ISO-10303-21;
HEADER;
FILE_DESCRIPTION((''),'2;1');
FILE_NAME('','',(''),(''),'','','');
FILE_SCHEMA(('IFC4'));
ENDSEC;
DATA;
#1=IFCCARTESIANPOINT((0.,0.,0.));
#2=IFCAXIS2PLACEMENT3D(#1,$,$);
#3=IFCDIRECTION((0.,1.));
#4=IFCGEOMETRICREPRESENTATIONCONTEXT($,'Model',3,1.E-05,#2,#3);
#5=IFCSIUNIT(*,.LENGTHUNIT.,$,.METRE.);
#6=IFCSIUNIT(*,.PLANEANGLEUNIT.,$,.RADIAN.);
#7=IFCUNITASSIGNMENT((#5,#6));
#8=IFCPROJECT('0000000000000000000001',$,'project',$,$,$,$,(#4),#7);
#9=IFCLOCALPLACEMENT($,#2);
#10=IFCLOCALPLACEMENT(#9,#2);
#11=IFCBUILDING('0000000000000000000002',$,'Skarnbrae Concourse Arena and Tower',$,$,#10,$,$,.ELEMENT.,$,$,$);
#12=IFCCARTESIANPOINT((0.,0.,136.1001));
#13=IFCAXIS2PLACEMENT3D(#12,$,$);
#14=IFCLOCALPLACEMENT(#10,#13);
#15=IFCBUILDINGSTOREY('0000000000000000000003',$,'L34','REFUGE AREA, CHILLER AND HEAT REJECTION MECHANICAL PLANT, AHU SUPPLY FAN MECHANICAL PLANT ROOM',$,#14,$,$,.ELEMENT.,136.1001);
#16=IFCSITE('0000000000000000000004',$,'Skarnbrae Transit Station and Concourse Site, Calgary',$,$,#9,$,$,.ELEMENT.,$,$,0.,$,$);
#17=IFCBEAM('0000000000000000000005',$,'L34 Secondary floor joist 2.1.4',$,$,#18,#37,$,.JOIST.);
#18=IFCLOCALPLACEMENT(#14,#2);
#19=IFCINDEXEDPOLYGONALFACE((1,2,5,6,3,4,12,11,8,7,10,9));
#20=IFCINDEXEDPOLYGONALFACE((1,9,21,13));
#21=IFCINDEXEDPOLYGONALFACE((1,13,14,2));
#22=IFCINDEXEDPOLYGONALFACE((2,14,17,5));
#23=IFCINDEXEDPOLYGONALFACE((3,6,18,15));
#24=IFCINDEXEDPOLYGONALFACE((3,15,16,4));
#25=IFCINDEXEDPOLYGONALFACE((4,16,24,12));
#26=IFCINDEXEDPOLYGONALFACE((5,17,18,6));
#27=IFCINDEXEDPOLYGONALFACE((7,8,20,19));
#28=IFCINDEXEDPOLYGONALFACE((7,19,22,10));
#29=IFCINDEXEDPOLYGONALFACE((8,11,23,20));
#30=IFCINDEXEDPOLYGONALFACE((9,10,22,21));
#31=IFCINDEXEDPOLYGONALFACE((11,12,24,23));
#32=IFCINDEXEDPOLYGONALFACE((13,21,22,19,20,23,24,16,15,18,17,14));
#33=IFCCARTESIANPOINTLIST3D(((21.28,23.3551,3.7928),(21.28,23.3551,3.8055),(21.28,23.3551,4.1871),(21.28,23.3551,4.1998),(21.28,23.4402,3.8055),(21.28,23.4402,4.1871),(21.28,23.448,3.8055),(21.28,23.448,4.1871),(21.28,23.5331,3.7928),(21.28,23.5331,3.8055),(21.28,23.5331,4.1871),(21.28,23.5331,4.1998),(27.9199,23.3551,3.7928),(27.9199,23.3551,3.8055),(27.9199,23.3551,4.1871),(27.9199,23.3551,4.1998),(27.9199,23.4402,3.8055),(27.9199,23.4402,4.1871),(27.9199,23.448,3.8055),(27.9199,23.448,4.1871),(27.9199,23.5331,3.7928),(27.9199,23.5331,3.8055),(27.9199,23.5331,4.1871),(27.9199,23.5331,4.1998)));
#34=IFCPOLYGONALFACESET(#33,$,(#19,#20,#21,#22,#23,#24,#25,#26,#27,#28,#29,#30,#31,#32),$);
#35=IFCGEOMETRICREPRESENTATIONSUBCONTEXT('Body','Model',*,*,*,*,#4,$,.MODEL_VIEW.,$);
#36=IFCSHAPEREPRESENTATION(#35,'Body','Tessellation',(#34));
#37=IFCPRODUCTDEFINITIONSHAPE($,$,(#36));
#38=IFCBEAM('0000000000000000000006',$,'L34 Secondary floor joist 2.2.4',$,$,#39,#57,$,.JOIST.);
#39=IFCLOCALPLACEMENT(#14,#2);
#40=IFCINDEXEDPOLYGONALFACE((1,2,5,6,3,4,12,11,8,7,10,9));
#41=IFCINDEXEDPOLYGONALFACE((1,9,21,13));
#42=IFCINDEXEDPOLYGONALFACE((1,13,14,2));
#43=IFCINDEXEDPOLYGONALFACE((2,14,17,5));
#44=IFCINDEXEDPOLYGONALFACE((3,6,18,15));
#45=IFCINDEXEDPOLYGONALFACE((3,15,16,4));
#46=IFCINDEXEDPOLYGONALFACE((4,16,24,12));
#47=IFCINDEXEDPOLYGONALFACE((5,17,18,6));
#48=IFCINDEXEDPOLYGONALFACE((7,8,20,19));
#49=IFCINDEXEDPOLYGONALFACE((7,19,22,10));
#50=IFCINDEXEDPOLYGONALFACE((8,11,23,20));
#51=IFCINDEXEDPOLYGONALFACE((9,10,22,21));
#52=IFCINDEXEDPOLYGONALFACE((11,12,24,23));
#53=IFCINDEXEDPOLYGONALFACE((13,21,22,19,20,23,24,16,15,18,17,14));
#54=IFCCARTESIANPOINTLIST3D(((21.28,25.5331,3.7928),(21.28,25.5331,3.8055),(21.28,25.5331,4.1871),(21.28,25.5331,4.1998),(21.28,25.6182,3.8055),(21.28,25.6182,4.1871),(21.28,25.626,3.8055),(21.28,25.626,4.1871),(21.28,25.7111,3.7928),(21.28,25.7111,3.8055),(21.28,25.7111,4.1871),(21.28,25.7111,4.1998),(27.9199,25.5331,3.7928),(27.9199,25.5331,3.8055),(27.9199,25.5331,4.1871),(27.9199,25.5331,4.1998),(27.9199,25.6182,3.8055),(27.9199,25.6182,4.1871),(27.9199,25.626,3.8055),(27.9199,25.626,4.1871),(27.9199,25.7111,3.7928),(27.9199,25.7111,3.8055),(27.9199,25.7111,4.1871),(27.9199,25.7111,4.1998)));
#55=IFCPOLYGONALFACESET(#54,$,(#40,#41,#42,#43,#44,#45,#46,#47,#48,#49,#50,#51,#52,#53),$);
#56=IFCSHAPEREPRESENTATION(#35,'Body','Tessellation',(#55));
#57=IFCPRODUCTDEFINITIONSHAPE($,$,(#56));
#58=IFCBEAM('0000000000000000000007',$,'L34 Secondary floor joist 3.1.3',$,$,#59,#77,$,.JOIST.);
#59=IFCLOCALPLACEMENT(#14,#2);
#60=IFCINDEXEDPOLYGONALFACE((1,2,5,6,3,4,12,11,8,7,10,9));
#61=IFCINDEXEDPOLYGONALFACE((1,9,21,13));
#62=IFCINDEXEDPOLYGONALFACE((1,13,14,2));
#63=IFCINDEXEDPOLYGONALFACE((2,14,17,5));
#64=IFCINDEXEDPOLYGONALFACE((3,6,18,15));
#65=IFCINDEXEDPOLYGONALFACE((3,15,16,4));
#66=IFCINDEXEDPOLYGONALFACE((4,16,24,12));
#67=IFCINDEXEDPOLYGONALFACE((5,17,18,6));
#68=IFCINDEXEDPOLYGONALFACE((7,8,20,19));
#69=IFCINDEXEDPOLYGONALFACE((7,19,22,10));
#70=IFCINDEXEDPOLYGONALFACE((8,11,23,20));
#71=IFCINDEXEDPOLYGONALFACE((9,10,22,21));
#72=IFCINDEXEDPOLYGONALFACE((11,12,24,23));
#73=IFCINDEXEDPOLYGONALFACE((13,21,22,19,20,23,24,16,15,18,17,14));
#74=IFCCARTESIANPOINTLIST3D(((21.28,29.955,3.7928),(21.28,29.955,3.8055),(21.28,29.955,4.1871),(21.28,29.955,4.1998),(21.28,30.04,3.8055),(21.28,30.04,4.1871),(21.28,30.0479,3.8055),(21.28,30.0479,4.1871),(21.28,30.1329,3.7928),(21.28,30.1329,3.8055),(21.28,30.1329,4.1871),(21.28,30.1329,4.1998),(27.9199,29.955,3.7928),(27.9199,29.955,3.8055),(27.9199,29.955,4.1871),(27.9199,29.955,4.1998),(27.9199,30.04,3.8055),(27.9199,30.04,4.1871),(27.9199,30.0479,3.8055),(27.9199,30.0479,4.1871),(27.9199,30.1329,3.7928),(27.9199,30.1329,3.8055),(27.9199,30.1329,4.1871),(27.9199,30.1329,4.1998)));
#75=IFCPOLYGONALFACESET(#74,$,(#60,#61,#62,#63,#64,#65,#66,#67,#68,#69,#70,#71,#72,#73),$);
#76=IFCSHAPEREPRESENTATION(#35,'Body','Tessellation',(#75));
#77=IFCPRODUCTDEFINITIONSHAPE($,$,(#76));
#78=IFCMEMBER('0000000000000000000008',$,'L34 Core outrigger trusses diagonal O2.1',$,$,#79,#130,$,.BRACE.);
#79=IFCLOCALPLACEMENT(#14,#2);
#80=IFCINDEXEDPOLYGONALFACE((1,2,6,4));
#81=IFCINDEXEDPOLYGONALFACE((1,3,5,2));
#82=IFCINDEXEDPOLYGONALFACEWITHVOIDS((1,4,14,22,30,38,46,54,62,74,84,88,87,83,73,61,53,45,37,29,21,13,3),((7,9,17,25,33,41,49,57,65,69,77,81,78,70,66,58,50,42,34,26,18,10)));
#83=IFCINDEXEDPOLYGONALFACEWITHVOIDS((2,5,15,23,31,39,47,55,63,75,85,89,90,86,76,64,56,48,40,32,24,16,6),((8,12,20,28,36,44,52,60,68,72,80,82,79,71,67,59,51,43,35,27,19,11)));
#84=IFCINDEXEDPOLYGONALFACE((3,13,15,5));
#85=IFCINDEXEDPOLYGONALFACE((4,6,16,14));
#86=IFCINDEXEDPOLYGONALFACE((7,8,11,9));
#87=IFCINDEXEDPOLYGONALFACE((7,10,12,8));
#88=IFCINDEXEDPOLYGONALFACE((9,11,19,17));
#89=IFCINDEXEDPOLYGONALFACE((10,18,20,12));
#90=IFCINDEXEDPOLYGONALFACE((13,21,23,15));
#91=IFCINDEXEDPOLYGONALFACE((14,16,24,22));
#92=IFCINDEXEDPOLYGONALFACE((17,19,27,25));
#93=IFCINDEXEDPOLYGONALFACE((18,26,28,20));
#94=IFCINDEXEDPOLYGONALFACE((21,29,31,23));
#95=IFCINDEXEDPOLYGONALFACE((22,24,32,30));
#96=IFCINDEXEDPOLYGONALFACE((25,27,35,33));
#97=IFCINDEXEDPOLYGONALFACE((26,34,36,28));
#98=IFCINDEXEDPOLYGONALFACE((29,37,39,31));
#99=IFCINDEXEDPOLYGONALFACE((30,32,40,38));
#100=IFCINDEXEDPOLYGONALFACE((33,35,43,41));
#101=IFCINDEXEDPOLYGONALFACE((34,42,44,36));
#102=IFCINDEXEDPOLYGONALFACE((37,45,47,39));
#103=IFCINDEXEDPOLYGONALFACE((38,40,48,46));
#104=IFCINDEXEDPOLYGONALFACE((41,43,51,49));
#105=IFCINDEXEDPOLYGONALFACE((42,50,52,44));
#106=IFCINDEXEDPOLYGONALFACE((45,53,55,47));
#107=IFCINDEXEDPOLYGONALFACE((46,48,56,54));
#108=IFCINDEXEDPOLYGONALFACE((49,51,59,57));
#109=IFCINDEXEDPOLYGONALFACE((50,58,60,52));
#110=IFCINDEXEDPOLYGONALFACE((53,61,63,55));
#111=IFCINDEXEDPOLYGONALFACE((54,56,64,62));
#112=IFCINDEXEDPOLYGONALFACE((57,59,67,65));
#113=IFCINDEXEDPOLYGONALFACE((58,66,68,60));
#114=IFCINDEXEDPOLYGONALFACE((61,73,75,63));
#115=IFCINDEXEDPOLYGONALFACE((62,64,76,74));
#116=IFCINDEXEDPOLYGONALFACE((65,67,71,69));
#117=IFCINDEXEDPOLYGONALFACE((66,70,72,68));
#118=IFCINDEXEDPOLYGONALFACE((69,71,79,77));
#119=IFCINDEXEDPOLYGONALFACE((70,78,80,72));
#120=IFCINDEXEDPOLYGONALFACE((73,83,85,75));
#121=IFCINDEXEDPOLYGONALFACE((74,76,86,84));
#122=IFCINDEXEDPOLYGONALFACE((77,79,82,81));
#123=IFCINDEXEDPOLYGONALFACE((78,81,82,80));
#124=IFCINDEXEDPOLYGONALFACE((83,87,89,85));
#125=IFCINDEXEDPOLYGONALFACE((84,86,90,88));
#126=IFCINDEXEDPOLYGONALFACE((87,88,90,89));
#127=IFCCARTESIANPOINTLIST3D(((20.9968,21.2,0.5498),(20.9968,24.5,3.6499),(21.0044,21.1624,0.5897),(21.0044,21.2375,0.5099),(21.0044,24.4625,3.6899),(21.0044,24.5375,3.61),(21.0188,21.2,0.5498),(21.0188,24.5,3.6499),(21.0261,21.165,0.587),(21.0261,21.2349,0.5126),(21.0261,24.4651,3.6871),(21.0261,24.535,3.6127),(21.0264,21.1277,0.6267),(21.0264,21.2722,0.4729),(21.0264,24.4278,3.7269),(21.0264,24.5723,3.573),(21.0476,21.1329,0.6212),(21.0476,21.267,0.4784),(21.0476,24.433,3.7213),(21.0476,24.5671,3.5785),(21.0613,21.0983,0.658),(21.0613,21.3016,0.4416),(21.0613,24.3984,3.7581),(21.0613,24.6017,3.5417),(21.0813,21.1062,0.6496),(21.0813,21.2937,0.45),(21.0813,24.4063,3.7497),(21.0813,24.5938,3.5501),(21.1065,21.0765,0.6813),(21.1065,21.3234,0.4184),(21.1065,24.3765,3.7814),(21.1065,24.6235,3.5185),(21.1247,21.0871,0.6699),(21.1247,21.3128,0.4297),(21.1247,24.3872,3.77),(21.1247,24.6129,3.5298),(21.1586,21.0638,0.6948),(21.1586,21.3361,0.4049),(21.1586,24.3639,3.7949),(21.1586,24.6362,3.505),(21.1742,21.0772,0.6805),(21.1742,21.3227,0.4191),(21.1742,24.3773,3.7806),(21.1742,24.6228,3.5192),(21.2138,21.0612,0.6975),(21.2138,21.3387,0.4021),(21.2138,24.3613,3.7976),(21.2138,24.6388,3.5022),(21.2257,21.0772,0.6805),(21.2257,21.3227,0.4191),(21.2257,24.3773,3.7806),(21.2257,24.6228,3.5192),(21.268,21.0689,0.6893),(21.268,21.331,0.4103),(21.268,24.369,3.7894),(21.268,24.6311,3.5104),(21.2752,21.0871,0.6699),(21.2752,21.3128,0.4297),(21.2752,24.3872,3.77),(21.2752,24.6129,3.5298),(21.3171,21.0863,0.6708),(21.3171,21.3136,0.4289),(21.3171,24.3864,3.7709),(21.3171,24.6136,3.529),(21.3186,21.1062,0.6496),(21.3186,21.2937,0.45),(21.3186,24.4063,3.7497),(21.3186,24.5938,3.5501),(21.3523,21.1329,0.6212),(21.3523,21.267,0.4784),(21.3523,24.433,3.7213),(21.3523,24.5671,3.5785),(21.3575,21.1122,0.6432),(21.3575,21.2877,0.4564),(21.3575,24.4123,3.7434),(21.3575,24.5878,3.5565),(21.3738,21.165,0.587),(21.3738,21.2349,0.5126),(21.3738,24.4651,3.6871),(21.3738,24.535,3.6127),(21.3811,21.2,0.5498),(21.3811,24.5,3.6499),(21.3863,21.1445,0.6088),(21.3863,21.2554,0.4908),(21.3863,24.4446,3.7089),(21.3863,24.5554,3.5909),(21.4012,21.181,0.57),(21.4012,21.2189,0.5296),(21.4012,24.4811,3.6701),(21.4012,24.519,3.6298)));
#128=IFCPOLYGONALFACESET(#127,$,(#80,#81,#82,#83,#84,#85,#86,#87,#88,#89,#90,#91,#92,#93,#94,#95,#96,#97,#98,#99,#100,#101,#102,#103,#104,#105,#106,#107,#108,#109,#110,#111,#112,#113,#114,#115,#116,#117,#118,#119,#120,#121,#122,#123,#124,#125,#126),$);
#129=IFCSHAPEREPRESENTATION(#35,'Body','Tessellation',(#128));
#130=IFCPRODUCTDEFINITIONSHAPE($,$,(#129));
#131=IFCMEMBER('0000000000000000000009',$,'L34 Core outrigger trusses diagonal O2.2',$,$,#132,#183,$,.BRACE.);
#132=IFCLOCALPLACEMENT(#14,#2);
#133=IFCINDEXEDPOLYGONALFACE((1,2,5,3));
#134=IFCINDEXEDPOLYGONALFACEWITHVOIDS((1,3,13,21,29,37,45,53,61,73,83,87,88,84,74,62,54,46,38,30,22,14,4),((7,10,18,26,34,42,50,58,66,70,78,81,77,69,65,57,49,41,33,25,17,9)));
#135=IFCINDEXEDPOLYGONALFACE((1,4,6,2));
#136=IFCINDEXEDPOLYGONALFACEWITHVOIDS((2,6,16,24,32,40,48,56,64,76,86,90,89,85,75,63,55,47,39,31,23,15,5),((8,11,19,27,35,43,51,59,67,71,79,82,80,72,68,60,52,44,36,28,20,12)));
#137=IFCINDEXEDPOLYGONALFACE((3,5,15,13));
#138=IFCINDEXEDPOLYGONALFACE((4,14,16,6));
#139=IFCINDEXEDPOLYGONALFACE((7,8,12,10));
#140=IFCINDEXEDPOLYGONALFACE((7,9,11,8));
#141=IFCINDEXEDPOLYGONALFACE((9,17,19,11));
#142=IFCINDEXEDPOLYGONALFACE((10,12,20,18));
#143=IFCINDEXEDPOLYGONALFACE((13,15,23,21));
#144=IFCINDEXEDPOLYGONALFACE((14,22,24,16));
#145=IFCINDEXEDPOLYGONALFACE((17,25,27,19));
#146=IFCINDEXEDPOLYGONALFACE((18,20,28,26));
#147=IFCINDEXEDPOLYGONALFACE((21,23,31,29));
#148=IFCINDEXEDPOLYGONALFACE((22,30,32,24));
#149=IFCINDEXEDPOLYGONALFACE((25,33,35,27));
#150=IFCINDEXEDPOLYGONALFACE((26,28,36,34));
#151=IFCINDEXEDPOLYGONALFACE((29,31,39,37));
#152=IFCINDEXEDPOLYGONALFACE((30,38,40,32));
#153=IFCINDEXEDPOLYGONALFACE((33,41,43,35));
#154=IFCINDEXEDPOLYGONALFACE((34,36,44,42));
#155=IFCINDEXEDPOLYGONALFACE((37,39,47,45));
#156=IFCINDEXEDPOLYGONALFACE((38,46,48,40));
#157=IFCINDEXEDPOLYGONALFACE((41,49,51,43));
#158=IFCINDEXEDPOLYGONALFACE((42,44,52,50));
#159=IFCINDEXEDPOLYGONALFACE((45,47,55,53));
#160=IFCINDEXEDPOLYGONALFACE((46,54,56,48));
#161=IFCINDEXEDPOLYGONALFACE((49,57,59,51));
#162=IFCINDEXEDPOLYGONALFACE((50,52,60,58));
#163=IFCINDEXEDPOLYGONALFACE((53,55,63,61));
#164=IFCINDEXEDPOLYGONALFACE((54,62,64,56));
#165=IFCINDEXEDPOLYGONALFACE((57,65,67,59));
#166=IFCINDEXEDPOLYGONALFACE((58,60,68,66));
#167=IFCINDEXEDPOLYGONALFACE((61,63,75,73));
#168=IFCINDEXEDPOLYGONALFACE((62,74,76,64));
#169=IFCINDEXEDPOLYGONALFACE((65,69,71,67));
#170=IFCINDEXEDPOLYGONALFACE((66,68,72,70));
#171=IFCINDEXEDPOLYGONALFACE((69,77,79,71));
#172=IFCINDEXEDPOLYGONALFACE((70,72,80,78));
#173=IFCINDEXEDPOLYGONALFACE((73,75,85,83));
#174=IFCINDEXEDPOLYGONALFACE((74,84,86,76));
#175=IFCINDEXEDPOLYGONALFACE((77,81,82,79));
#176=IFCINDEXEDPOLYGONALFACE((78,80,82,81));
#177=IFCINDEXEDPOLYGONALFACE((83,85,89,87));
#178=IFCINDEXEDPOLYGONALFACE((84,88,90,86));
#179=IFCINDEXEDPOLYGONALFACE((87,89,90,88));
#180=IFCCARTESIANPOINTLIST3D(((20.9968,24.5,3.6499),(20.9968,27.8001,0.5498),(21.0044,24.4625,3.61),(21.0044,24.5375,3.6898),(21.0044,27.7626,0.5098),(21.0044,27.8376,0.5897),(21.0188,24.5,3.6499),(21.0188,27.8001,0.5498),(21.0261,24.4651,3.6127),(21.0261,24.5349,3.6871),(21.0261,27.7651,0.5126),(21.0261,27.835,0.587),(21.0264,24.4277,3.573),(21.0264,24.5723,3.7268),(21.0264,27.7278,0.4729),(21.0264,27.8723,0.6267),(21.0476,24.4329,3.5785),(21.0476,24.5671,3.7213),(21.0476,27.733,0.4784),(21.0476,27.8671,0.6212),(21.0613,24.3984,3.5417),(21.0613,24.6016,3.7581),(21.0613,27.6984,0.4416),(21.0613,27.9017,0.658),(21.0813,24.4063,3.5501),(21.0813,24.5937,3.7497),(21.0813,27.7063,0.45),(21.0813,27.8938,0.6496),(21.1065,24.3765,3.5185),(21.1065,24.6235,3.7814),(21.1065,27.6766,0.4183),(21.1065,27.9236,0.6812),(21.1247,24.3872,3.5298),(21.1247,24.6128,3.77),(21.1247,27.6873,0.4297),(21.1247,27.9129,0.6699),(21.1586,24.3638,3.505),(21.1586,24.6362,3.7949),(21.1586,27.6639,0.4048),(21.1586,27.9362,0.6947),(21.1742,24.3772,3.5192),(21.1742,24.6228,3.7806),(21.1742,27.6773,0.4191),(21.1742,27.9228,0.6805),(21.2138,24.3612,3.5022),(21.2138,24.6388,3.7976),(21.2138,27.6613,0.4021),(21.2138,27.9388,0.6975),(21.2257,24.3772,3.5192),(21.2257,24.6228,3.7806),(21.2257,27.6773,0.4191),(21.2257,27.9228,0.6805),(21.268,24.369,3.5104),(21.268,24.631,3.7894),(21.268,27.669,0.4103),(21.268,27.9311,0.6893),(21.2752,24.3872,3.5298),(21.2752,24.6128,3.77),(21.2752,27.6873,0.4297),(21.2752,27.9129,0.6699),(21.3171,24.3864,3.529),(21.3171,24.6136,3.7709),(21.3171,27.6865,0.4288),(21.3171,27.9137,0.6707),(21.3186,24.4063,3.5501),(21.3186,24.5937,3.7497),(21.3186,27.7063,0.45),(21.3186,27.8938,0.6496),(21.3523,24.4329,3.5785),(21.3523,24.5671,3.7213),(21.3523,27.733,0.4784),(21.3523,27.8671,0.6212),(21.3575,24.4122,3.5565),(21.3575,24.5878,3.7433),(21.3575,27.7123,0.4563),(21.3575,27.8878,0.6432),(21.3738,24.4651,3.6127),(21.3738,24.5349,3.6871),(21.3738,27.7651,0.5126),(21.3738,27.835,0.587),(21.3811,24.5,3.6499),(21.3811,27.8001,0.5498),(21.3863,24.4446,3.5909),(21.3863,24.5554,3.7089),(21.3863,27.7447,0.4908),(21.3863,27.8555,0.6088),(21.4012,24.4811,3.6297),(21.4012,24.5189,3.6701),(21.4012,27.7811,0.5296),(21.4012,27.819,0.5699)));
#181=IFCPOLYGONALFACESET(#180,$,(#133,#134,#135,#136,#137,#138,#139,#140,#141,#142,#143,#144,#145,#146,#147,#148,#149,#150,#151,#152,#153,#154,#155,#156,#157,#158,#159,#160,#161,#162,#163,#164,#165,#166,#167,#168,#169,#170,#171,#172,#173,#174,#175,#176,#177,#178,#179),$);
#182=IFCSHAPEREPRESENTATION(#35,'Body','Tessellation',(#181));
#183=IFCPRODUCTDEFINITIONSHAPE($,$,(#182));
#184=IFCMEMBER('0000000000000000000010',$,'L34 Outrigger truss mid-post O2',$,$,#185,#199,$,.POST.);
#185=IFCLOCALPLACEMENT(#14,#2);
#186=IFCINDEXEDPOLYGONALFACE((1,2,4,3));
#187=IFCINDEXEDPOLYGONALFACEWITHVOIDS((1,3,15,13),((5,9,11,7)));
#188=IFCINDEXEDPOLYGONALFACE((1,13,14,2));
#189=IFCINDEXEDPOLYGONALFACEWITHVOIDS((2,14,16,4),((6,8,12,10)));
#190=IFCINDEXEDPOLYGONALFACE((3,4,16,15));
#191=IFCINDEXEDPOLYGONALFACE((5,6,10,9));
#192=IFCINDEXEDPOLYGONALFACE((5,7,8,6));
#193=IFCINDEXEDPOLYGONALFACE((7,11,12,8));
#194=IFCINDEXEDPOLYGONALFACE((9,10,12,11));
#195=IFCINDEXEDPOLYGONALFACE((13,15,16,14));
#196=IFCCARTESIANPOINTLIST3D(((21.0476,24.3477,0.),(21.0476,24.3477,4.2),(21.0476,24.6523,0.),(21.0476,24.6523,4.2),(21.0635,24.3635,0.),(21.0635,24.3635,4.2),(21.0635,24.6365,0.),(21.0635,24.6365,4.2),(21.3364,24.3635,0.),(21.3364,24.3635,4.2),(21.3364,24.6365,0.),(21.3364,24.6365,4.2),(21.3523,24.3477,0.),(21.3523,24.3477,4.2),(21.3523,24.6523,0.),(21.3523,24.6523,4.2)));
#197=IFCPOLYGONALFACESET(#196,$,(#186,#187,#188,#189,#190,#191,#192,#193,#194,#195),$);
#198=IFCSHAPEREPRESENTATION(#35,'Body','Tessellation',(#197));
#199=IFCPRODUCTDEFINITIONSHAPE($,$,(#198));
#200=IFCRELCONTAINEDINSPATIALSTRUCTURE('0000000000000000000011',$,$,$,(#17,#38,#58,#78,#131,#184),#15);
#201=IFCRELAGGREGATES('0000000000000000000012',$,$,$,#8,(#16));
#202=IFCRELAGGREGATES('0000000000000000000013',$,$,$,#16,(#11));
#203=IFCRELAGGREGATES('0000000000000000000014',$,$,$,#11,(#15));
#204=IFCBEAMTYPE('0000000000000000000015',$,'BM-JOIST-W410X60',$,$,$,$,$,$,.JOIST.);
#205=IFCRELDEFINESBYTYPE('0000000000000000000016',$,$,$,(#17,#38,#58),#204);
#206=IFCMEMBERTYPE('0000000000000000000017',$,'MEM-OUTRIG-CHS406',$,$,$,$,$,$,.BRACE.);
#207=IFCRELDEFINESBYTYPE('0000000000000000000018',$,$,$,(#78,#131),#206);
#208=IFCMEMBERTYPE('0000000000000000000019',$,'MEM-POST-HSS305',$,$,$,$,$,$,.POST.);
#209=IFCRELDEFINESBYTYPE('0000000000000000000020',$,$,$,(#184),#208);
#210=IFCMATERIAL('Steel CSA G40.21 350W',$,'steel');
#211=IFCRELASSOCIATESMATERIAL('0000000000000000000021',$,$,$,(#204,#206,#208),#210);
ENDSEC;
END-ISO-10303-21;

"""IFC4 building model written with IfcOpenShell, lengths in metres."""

from ifc_helpers import new_model, si_unit, direction, frame, origin, origin_2d, place, context, subcontext, project, spatial, hollow_rectangle, hollow_circle, i_section, extrude, source, transform, mapped, material, material_profile, profile_set, type_object, element, save


model = new_model("IFC4")

# Units and contexts
model_context = context("Model", 3, precision=1e-05, world=origin(), true_north=direction((0.0, 1.0)))
body_context = subcontext(model_context, "Body", "Model", "MODEL_VIEW")
ifc_project = project(units=[si_unit("LENGTHUNIT", "METRE"), si_unit("PLANEANGLEUNIT", "RADIAN")], contexts=[model_context])

# Site, building, storey
site_placement = place(None, origin())
site = spatial("IfcSite", under=ifc_project, at=site_placement, Name="Skarnbrae Transit Station and Concourse Site, Calgary", CompositionType="ELEMENT", RefElevation=0.0)
building_placement = place(site_placement, origin())
building = spatial("IfcBuilding", under=site, at=building_placement, Name="Skarnbrae Concourse Arena and Tower", CompositionType="ELEMENT")
storey_placement = place(building_placement, frame((0.0, 0.0, 136.1001)))
storey = spatial("IfcBuildingStorey", under=building, at=storey_placement, Name="L34", Description="REFUGE AREA, CHILLER AND HEAT REJECTION MECHANICAL PLANT, AHU SUPPLY FAN MECHANICAL PLANT ROOM", CompositionType="ELEMENT", Elevation=136.1001)

# Shared definitions
ifc_material = material(Name="Steel CSA G40.21 350W", Category="steel")

# Beams
ifc_material_profile_1 = material_profile(ifc_material, i_section(OverallWidth=0.178, OverallDepth=0.407, WebThickness=0.0078, FlangeThickness=0.0127, at=origin_2d()), Name="W410X60")
ifc_profile_set_1 = profile_set([ifc_material_profile_1], Name="Steel CSA G40.21 350W")
beam_type_1 = type_object("IfcBeamType", Name="BM-JOIST-W410X60", PredefinedType="JOIST", material=ifc_profile_set_1)
shared_shape_1 = source(origin(), body_context, "Body", "SweptSolid", [
    extrude(i_section(OverallWidth=0.178, OverallDepth=0.407, WebThickness=0.0078, FlangeThickness=0.0127, at=origin_2d()), origin(), (0.0, 0.0, 1.0), 6.6399),
])
for number, where, z_axis, x_axis, name in (
    (1, (21.28, 23.4441, 3.9963), (1.0, 0.0, 0.0), (0.0, 1.0, 0.0), "L34 Secondary floor joist 2.1.4"),
    (2, (21.28, 25.6221, 3.9963), (1.0, 0.0, 0.0), (0.0, 1.0, 0.0), "L34 Secondary floor joist 2.2.4"),
    (3, (21.28, 30.0439, 3.9963), (1.0, 0.0, 0.0), (0.0, 1.0, 0.0), "L34 Secondary floor joist 3.1.3"),
):
    element("IfcBeam", number, at=place(storey_placement, frame(where, z_axis=z_axis, x_axis=x_axis)), inside=storey, type_object=beam_type_1, Name=name, PredefinedType="JOIST", context=body_context, shape_type="MappedRepresentation", body=[
        mapped(shared_shape_1, transform((0.0, 0.0, 0.0))),
    ])

# Members
ifc_material_profile_2 = material_profile(ifc_material, hollow_circle(Radius=0.2031, WallThickness=0.022, at=origin_2d()), Name="HSS406X22.0")
ifc_profile_set_2 = profile_set([ifc_material_profile_2], Name="Steel CSA G40.21 350W")
member_type_1 = type_object("IfcMemberType", Name="MEM-OUTRIG-CHS406", PredefinedType="BRACE", material=ifc_profile_set_2)
shared_shape_2 = source(origin(), body_context, "Body", "SweptSolid", [
    extrude(hollow_circle(Radius=0.2031, WallThickness=0.022, at=origin_2d()), origin(), (0.0, 0.0, 1.0), 4.5278),
])
for number, where, z_axis, x_axis, name in (
    (4, (21.2, 21.2, 0.5498), (0.0, 0.728842, 0.684682), (-1.0, 0.0, 0.0), "L34 Core outrigger trusses diagonal O2.1"),
    (5, (21.2, 24.5, 3.6499), (0.0, 0.728842, -0.684682), (-1.0, 0.0, 0.0), "L34 Core outrigger trusses diagonal O2.2"),
):
    element("IfcMember", number, at=place(storey_placement, frame(where, z_axis=z_axis, x_axis=x_axis)), inside=storey, type_object=member_type_1, Name=name, PredefinedType="BRACE", context=body_context, shape_type="MappedRepresentation", body=[
        mapped(shared_shape_2, transform((0.0, 0.0, 0.0))),
    ])
ifc_material_profile_3 = material_profile(ifc_material, hollow_rectangle(XDim=0.3047, YDim=0.3047, WallThickness=0.0159, at=origin_2d()), Name="HSS305X305X15.9")
ifc_profile_set_3 = profile_set([ifc_material_profile_3], Name="Steel CSA G40.21 350W")
member_type_2 = type_object("IfcMemberType", Name="MEM-POST-HSS305", PredefinedType="POST", material=ifc_profile_set_3)
shared_shape_3 = source(origin(), body_context, "Body", "SweptSolid", [
    extrude(hollow_rectangle(XDim=0.3047, YDim=0.3047, WallThickness=0.0159, at=origin_2d()), origin(), (0.0, 0.0, 1.0), 4.2),
])
member_placement = place(storey_placement, frame((21.2, 24.5, 0.0), z_axis=(0.0, 0.0, 1.0), x_axis=(1.0, 0.0, 0.0)))
element("IfcMember", 6, at=member_placement, inside=storey, type_object=member_type_2, Name="L34 Outrigger truss mid-post O2", PredefinedType="POST", context=body_context, shape_type="MappedRepresentation", body=[
    mapped(shared_shape_3, transform((0.0, 0.0, 0.0))),
])

save(model, "model.ifc")
